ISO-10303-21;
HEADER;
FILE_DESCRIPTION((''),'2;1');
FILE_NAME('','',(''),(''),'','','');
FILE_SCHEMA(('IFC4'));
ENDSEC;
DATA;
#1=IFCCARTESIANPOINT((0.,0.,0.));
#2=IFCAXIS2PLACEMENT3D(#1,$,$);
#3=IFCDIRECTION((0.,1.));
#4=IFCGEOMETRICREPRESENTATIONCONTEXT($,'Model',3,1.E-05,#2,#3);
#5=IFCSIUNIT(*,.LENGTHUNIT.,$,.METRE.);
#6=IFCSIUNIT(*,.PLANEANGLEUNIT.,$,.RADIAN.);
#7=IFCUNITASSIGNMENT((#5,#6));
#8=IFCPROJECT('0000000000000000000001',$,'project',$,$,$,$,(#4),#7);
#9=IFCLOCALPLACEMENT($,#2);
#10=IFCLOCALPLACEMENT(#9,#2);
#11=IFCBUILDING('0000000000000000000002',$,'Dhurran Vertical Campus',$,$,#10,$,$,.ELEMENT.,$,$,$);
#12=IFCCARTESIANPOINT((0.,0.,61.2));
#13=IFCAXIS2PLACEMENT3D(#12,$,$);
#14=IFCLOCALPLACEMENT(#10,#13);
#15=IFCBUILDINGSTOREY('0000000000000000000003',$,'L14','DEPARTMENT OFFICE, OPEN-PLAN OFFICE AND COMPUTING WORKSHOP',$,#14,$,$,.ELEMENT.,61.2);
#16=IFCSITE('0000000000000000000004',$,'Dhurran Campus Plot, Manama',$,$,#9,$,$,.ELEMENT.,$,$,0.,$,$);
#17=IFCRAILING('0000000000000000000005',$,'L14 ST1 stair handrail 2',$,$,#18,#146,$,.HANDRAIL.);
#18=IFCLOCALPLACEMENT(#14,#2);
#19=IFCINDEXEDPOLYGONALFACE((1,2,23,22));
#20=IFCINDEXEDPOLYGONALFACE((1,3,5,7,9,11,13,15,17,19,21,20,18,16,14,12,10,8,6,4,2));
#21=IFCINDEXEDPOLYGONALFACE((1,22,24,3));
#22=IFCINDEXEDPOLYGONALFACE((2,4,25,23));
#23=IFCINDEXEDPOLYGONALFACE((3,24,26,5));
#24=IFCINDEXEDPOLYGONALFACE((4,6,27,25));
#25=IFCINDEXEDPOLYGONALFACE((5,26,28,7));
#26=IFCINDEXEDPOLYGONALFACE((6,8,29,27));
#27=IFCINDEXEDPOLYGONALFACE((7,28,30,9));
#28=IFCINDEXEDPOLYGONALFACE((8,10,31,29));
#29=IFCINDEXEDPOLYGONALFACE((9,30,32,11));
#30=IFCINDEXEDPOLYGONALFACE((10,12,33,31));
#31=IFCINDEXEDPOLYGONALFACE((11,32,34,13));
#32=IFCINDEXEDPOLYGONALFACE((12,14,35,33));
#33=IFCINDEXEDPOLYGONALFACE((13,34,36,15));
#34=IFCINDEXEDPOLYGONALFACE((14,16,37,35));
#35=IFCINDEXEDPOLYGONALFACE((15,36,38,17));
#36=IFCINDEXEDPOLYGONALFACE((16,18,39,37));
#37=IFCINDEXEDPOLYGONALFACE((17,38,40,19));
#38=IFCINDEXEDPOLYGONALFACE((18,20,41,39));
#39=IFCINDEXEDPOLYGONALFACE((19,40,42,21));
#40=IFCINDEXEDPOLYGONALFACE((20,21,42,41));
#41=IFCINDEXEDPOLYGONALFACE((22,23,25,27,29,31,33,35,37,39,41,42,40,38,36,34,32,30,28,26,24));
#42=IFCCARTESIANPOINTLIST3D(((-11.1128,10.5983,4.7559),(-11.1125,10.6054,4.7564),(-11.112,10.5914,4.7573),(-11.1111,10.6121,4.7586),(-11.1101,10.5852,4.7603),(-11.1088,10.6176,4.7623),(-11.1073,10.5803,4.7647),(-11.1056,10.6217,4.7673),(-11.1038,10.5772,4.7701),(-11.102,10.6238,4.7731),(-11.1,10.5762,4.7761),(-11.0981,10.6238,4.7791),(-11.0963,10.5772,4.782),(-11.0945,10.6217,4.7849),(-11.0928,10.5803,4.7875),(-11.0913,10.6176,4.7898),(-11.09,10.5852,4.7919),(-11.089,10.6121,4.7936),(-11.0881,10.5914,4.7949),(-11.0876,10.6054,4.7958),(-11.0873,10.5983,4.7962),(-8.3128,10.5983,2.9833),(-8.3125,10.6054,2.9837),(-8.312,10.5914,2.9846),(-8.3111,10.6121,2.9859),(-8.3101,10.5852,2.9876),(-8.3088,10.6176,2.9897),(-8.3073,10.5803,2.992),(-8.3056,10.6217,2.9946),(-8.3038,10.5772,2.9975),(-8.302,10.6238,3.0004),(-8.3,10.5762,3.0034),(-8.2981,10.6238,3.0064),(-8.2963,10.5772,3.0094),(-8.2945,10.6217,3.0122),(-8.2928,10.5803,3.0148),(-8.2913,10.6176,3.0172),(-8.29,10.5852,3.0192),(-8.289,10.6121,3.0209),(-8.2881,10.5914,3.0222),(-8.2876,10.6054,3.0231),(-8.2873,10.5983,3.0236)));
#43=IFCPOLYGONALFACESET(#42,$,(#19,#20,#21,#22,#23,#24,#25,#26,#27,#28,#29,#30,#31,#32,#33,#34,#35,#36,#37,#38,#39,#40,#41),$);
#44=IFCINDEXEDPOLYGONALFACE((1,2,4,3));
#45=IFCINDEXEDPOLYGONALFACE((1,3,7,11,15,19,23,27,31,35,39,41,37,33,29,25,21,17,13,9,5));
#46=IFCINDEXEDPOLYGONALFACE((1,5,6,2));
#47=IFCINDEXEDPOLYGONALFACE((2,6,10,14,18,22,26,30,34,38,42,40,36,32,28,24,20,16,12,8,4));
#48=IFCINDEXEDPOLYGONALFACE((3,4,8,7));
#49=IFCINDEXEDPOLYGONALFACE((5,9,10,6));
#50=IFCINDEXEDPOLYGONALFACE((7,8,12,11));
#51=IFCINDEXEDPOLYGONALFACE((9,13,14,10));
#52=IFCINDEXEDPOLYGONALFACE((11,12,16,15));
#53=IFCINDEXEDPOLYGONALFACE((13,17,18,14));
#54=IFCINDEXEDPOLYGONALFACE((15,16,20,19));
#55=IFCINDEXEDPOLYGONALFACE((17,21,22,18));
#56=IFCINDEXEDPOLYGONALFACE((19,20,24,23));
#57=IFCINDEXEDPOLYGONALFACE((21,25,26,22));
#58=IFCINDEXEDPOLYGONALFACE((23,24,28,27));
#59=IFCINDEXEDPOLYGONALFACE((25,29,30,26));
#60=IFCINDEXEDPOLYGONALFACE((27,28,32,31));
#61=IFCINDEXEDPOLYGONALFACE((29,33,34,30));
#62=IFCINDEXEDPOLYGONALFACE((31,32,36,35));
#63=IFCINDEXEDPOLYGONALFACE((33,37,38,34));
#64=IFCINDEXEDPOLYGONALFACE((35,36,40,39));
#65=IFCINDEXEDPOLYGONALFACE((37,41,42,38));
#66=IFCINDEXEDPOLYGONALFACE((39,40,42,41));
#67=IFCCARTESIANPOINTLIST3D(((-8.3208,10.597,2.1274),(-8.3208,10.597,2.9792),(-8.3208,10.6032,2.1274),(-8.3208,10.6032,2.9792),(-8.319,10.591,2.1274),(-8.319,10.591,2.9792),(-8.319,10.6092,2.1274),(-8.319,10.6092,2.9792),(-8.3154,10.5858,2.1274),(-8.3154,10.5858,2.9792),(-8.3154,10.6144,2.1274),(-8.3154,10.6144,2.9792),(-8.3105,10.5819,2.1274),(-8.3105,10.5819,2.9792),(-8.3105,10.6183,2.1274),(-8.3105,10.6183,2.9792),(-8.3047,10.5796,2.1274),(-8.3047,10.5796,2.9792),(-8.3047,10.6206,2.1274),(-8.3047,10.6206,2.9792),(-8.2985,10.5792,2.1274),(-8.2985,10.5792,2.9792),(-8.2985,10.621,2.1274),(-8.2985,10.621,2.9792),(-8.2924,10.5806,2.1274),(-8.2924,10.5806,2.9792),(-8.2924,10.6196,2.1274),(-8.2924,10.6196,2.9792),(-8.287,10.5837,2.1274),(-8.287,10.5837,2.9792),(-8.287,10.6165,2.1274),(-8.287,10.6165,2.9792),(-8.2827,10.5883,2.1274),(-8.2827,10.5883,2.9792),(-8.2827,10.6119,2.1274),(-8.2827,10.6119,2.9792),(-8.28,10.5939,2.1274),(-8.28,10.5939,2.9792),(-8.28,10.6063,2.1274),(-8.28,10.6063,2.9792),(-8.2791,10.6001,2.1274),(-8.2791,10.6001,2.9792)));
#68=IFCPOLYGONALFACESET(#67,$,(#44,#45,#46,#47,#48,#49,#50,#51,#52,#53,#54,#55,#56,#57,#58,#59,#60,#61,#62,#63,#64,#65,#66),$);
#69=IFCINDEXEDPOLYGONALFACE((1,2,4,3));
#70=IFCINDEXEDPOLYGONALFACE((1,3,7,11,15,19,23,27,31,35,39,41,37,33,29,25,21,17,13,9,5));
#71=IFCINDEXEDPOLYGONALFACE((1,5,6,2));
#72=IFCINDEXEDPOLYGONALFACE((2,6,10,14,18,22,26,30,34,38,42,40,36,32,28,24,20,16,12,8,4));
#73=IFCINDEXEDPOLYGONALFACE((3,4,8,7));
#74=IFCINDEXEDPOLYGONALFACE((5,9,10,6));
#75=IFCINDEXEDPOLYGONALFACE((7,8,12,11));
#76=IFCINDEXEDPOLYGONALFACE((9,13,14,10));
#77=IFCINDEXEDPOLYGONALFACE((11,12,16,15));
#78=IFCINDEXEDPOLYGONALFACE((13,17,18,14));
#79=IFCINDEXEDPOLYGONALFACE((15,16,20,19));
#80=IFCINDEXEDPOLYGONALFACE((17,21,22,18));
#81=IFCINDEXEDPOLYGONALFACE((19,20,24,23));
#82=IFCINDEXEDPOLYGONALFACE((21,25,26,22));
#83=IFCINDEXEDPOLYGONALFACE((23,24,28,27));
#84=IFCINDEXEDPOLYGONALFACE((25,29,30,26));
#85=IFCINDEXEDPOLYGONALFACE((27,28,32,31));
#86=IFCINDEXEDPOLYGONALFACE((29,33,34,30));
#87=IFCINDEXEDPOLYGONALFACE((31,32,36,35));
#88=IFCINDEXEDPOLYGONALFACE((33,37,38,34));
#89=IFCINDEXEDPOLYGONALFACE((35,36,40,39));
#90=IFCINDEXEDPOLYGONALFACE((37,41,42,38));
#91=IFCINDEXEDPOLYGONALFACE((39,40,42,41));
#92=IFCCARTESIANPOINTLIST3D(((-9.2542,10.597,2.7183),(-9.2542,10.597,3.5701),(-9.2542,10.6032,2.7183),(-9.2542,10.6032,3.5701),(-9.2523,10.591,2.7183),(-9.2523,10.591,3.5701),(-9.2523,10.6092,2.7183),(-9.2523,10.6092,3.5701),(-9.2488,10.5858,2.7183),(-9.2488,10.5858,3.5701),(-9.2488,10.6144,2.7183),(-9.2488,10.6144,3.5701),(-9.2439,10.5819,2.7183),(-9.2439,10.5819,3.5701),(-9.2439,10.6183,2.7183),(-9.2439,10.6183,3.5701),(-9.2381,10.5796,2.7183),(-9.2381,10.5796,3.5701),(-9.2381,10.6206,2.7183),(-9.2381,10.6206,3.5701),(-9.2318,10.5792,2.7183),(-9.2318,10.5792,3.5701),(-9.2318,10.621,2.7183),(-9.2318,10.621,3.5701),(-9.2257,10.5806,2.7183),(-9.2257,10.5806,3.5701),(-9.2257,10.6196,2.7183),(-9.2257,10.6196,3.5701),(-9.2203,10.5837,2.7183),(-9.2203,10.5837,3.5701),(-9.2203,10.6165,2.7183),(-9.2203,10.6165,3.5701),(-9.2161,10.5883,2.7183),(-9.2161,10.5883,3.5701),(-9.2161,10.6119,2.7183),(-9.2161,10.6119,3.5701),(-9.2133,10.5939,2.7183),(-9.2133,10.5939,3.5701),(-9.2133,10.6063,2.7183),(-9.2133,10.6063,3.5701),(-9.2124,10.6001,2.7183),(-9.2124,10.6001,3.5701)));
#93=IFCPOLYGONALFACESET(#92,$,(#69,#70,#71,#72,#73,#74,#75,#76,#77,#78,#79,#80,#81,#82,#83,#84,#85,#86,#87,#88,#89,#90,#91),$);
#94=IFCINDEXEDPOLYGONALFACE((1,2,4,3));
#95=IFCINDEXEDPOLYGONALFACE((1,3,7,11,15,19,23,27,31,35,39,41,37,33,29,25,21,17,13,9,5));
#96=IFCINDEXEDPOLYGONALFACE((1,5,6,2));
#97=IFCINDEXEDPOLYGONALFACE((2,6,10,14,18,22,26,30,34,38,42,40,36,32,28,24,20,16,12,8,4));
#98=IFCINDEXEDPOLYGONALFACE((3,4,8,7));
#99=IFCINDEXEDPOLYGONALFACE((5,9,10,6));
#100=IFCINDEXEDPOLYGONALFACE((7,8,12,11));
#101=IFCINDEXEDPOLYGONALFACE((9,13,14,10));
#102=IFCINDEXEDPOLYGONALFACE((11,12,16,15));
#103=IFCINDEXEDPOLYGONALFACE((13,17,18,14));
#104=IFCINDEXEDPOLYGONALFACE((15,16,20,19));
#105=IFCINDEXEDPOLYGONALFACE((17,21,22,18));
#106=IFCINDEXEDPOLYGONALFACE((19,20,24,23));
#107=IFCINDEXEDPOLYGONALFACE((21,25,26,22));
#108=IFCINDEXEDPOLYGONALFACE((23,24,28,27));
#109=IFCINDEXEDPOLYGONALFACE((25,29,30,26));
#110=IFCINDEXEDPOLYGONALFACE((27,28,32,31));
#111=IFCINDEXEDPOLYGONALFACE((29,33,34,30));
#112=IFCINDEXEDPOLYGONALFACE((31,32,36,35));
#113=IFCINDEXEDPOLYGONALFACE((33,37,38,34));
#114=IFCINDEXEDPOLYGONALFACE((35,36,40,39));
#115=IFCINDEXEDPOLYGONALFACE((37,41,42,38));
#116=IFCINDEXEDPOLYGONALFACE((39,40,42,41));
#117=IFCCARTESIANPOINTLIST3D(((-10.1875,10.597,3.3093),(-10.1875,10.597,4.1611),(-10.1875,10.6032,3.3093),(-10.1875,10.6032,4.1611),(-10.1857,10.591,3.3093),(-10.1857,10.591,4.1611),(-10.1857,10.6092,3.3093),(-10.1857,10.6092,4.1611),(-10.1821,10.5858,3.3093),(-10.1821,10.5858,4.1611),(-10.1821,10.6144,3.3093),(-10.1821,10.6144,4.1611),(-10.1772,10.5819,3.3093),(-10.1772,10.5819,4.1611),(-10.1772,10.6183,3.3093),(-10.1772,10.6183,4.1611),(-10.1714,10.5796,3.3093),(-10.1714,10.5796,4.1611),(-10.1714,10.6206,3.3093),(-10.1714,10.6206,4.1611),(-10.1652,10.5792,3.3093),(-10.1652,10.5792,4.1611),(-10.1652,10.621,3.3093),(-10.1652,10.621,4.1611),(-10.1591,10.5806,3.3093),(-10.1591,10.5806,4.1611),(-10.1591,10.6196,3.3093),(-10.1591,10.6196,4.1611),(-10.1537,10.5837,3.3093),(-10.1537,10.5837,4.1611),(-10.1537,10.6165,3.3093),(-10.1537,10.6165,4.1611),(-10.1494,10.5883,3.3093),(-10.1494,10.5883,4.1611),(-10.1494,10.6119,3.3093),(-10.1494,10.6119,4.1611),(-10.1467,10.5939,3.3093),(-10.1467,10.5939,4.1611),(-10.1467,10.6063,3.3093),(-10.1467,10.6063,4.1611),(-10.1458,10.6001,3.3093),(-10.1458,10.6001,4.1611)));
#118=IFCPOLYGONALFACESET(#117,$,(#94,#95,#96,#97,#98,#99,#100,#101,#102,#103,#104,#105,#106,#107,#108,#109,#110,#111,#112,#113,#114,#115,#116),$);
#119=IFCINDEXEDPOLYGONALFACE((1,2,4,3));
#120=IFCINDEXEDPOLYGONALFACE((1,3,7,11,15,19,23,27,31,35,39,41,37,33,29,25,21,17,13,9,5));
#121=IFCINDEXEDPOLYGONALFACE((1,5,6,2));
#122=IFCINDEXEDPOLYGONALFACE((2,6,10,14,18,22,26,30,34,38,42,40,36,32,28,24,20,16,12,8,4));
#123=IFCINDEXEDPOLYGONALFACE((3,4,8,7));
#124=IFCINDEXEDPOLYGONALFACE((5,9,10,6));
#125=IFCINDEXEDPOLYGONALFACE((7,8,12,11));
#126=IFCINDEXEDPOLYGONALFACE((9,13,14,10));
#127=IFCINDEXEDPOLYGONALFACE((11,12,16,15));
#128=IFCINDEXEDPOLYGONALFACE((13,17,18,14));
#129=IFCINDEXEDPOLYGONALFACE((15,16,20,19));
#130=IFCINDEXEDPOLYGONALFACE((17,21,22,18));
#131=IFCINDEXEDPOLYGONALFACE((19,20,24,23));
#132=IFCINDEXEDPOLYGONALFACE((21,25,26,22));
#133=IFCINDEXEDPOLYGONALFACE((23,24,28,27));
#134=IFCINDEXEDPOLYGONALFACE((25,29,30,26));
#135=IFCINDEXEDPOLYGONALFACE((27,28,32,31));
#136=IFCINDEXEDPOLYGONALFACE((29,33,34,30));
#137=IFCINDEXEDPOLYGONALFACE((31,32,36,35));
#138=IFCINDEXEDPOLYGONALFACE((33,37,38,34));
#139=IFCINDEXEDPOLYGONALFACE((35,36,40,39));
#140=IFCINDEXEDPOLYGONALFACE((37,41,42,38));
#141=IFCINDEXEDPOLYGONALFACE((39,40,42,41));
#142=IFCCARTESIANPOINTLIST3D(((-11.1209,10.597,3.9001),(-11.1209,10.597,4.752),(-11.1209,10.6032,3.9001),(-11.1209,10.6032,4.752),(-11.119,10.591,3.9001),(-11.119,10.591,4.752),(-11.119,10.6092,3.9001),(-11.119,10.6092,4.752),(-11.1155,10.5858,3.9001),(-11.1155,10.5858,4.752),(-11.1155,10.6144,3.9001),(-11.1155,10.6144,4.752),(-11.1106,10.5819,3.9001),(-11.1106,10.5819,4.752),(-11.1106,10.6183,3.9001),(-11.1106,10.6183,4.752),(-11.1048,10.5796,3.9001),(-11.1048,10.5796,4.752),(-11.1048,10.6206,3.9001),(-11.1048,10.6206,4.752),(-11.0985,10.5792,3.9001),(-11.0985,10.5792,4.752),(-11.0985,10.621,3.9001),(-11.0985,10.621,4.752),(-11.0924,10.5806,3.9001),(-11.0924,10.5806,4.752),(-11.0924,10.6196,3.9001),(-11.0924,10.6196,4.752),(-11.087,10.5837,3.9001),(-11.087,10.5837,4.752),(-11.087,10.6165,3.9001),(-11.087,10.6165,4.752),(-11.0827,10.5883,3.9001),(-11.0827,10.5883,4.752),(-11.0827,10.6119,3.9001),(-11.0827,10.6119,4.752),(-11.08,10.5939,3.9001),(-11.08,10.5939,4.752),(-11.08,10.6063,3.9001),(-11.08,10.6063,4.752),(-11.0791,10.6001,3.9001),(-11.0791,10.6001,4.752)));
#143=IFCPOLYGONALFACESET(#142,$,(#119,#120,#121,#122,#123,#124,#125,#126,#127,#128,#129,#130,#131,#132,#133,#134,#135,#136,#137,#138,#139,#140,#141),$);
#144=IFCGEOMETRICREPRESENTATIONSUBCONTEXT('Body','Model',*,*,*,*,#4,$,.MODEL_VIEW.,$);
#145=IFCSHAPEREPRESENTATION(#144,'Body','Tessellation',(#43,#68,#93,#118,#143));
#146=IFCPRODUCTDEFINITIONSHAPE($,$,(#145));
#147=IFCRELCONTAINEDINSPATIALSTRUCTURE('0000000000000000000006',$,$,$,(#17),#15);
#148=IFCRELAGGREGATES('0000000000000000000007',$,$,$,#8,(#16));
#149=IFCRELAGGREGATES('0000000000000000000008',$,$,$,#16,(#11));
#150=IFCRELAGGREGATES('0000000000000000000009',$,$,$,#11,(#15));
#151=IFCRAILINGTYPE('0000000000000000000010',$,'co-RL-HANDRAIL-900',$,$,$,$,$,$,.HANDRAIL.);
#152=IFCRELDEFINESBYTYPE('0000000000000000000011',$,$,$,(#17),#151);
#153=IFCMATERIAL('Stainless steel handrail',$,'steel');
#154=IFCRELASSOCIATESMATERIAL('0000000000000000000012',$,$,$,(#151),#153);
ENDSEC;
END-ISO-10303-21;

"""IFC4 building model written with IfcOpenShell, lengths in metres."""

from ifc_helpers import new_model, si_unit, direction, frame, origin, origin_2d, place, context, subcontext, project, spatial, circle, extrude, material, type_object, element, save


model = new_model("IFC4")

# Units and contexts
model_context = context("Model", 3, precision=1e-05, world=origin(), true_north=direction((0.0, 1.0)))
body_context = subcontext(model_context, "Body", "Model", "MODEL_VIEW")
ifc_project = project(units=[si_unit("LENGTHUNIT", "METRE"), si_unit("PLANEANGLEUNIT", "RADIAN")], contexts=[model_context])

# Site, building, storey
site_placement = place(None, origin())
site = spatial("IfcSite", under=ifc_project, at=site_placement, Name="Dhurran Campus Plot, Manama", CompositionType="ELEMENT", RefElevation=0.0)
building_placement = place(site_placement, origin())
building = spatial("IfcBuilding", under=site, at=building_placement, Name="Dhurran Vertical Campus", CompositionType="ELEMENT")
storey_placement = place(building_placement, frame((0.0, 0.0, 61.2)))
storey = spatial("IfcBuildingStorey", under=building, at=storey_placement, Name="L14", Description="DEPARTMENT OFFICE, OPEN-PLAN OFFICE AND COMPUTING WORKSHOP", CompositionType="ELEMENT", Elevation=61.2)

# Railing
ifc_material_1 = material(Name="Stainless steel handrail", Category="steel")
railing_type_1 = type_object("IfcRailingType", Name="co-RL-HANDRAIL-900", PredefinedType="HANDRAIL", material=ifc_material_1)
railing_1_placement = place(storey_placement, frame((-8.3, 10.6001, 2.1274)))
element("IfcRailing", 1, at=railing_1_placement, inside=storey, type_object=railing_type_1, Name="L14 ST1 stair handrail 2", PredefinedType="HANDRAIL", context=body_context, shape_type="SweptSolid", body=[
    extrude(circle(Radius=0.0239, at=origin_2d()), frame((0.0, 0.0, 0.876), z_axis=(-0.844909, 0.0, 0.53491), x_axis=(0.0, -1.0, 0.0)), (0.0, 0.0, 1.0), 3.314),
    extrude(circle(Radius=0.021, at=origin_2d()), origin(), (0.0, 0.0, 1.0), 0.8518),
    extrude(circle(Radius=0.021, at=origin_2d()), frame((-0.9333, 0.0, 0.5908)), (0.0, 0.0, 1.0), 0.8518),
    extrude(circle(Radius=0.021, at=origin_2d()), frame((-1.8667, 0.0, 1.1819)), (0.0, 0.0, 1.0), 0.8518),
    extrude(circle(Radius=0.021, at=origin_2d()), frame((-2.8, 0.0, 1.7727)), (0.0, 0.0, 1.0), 0.8518),
])

save(model, "model.ifc")
